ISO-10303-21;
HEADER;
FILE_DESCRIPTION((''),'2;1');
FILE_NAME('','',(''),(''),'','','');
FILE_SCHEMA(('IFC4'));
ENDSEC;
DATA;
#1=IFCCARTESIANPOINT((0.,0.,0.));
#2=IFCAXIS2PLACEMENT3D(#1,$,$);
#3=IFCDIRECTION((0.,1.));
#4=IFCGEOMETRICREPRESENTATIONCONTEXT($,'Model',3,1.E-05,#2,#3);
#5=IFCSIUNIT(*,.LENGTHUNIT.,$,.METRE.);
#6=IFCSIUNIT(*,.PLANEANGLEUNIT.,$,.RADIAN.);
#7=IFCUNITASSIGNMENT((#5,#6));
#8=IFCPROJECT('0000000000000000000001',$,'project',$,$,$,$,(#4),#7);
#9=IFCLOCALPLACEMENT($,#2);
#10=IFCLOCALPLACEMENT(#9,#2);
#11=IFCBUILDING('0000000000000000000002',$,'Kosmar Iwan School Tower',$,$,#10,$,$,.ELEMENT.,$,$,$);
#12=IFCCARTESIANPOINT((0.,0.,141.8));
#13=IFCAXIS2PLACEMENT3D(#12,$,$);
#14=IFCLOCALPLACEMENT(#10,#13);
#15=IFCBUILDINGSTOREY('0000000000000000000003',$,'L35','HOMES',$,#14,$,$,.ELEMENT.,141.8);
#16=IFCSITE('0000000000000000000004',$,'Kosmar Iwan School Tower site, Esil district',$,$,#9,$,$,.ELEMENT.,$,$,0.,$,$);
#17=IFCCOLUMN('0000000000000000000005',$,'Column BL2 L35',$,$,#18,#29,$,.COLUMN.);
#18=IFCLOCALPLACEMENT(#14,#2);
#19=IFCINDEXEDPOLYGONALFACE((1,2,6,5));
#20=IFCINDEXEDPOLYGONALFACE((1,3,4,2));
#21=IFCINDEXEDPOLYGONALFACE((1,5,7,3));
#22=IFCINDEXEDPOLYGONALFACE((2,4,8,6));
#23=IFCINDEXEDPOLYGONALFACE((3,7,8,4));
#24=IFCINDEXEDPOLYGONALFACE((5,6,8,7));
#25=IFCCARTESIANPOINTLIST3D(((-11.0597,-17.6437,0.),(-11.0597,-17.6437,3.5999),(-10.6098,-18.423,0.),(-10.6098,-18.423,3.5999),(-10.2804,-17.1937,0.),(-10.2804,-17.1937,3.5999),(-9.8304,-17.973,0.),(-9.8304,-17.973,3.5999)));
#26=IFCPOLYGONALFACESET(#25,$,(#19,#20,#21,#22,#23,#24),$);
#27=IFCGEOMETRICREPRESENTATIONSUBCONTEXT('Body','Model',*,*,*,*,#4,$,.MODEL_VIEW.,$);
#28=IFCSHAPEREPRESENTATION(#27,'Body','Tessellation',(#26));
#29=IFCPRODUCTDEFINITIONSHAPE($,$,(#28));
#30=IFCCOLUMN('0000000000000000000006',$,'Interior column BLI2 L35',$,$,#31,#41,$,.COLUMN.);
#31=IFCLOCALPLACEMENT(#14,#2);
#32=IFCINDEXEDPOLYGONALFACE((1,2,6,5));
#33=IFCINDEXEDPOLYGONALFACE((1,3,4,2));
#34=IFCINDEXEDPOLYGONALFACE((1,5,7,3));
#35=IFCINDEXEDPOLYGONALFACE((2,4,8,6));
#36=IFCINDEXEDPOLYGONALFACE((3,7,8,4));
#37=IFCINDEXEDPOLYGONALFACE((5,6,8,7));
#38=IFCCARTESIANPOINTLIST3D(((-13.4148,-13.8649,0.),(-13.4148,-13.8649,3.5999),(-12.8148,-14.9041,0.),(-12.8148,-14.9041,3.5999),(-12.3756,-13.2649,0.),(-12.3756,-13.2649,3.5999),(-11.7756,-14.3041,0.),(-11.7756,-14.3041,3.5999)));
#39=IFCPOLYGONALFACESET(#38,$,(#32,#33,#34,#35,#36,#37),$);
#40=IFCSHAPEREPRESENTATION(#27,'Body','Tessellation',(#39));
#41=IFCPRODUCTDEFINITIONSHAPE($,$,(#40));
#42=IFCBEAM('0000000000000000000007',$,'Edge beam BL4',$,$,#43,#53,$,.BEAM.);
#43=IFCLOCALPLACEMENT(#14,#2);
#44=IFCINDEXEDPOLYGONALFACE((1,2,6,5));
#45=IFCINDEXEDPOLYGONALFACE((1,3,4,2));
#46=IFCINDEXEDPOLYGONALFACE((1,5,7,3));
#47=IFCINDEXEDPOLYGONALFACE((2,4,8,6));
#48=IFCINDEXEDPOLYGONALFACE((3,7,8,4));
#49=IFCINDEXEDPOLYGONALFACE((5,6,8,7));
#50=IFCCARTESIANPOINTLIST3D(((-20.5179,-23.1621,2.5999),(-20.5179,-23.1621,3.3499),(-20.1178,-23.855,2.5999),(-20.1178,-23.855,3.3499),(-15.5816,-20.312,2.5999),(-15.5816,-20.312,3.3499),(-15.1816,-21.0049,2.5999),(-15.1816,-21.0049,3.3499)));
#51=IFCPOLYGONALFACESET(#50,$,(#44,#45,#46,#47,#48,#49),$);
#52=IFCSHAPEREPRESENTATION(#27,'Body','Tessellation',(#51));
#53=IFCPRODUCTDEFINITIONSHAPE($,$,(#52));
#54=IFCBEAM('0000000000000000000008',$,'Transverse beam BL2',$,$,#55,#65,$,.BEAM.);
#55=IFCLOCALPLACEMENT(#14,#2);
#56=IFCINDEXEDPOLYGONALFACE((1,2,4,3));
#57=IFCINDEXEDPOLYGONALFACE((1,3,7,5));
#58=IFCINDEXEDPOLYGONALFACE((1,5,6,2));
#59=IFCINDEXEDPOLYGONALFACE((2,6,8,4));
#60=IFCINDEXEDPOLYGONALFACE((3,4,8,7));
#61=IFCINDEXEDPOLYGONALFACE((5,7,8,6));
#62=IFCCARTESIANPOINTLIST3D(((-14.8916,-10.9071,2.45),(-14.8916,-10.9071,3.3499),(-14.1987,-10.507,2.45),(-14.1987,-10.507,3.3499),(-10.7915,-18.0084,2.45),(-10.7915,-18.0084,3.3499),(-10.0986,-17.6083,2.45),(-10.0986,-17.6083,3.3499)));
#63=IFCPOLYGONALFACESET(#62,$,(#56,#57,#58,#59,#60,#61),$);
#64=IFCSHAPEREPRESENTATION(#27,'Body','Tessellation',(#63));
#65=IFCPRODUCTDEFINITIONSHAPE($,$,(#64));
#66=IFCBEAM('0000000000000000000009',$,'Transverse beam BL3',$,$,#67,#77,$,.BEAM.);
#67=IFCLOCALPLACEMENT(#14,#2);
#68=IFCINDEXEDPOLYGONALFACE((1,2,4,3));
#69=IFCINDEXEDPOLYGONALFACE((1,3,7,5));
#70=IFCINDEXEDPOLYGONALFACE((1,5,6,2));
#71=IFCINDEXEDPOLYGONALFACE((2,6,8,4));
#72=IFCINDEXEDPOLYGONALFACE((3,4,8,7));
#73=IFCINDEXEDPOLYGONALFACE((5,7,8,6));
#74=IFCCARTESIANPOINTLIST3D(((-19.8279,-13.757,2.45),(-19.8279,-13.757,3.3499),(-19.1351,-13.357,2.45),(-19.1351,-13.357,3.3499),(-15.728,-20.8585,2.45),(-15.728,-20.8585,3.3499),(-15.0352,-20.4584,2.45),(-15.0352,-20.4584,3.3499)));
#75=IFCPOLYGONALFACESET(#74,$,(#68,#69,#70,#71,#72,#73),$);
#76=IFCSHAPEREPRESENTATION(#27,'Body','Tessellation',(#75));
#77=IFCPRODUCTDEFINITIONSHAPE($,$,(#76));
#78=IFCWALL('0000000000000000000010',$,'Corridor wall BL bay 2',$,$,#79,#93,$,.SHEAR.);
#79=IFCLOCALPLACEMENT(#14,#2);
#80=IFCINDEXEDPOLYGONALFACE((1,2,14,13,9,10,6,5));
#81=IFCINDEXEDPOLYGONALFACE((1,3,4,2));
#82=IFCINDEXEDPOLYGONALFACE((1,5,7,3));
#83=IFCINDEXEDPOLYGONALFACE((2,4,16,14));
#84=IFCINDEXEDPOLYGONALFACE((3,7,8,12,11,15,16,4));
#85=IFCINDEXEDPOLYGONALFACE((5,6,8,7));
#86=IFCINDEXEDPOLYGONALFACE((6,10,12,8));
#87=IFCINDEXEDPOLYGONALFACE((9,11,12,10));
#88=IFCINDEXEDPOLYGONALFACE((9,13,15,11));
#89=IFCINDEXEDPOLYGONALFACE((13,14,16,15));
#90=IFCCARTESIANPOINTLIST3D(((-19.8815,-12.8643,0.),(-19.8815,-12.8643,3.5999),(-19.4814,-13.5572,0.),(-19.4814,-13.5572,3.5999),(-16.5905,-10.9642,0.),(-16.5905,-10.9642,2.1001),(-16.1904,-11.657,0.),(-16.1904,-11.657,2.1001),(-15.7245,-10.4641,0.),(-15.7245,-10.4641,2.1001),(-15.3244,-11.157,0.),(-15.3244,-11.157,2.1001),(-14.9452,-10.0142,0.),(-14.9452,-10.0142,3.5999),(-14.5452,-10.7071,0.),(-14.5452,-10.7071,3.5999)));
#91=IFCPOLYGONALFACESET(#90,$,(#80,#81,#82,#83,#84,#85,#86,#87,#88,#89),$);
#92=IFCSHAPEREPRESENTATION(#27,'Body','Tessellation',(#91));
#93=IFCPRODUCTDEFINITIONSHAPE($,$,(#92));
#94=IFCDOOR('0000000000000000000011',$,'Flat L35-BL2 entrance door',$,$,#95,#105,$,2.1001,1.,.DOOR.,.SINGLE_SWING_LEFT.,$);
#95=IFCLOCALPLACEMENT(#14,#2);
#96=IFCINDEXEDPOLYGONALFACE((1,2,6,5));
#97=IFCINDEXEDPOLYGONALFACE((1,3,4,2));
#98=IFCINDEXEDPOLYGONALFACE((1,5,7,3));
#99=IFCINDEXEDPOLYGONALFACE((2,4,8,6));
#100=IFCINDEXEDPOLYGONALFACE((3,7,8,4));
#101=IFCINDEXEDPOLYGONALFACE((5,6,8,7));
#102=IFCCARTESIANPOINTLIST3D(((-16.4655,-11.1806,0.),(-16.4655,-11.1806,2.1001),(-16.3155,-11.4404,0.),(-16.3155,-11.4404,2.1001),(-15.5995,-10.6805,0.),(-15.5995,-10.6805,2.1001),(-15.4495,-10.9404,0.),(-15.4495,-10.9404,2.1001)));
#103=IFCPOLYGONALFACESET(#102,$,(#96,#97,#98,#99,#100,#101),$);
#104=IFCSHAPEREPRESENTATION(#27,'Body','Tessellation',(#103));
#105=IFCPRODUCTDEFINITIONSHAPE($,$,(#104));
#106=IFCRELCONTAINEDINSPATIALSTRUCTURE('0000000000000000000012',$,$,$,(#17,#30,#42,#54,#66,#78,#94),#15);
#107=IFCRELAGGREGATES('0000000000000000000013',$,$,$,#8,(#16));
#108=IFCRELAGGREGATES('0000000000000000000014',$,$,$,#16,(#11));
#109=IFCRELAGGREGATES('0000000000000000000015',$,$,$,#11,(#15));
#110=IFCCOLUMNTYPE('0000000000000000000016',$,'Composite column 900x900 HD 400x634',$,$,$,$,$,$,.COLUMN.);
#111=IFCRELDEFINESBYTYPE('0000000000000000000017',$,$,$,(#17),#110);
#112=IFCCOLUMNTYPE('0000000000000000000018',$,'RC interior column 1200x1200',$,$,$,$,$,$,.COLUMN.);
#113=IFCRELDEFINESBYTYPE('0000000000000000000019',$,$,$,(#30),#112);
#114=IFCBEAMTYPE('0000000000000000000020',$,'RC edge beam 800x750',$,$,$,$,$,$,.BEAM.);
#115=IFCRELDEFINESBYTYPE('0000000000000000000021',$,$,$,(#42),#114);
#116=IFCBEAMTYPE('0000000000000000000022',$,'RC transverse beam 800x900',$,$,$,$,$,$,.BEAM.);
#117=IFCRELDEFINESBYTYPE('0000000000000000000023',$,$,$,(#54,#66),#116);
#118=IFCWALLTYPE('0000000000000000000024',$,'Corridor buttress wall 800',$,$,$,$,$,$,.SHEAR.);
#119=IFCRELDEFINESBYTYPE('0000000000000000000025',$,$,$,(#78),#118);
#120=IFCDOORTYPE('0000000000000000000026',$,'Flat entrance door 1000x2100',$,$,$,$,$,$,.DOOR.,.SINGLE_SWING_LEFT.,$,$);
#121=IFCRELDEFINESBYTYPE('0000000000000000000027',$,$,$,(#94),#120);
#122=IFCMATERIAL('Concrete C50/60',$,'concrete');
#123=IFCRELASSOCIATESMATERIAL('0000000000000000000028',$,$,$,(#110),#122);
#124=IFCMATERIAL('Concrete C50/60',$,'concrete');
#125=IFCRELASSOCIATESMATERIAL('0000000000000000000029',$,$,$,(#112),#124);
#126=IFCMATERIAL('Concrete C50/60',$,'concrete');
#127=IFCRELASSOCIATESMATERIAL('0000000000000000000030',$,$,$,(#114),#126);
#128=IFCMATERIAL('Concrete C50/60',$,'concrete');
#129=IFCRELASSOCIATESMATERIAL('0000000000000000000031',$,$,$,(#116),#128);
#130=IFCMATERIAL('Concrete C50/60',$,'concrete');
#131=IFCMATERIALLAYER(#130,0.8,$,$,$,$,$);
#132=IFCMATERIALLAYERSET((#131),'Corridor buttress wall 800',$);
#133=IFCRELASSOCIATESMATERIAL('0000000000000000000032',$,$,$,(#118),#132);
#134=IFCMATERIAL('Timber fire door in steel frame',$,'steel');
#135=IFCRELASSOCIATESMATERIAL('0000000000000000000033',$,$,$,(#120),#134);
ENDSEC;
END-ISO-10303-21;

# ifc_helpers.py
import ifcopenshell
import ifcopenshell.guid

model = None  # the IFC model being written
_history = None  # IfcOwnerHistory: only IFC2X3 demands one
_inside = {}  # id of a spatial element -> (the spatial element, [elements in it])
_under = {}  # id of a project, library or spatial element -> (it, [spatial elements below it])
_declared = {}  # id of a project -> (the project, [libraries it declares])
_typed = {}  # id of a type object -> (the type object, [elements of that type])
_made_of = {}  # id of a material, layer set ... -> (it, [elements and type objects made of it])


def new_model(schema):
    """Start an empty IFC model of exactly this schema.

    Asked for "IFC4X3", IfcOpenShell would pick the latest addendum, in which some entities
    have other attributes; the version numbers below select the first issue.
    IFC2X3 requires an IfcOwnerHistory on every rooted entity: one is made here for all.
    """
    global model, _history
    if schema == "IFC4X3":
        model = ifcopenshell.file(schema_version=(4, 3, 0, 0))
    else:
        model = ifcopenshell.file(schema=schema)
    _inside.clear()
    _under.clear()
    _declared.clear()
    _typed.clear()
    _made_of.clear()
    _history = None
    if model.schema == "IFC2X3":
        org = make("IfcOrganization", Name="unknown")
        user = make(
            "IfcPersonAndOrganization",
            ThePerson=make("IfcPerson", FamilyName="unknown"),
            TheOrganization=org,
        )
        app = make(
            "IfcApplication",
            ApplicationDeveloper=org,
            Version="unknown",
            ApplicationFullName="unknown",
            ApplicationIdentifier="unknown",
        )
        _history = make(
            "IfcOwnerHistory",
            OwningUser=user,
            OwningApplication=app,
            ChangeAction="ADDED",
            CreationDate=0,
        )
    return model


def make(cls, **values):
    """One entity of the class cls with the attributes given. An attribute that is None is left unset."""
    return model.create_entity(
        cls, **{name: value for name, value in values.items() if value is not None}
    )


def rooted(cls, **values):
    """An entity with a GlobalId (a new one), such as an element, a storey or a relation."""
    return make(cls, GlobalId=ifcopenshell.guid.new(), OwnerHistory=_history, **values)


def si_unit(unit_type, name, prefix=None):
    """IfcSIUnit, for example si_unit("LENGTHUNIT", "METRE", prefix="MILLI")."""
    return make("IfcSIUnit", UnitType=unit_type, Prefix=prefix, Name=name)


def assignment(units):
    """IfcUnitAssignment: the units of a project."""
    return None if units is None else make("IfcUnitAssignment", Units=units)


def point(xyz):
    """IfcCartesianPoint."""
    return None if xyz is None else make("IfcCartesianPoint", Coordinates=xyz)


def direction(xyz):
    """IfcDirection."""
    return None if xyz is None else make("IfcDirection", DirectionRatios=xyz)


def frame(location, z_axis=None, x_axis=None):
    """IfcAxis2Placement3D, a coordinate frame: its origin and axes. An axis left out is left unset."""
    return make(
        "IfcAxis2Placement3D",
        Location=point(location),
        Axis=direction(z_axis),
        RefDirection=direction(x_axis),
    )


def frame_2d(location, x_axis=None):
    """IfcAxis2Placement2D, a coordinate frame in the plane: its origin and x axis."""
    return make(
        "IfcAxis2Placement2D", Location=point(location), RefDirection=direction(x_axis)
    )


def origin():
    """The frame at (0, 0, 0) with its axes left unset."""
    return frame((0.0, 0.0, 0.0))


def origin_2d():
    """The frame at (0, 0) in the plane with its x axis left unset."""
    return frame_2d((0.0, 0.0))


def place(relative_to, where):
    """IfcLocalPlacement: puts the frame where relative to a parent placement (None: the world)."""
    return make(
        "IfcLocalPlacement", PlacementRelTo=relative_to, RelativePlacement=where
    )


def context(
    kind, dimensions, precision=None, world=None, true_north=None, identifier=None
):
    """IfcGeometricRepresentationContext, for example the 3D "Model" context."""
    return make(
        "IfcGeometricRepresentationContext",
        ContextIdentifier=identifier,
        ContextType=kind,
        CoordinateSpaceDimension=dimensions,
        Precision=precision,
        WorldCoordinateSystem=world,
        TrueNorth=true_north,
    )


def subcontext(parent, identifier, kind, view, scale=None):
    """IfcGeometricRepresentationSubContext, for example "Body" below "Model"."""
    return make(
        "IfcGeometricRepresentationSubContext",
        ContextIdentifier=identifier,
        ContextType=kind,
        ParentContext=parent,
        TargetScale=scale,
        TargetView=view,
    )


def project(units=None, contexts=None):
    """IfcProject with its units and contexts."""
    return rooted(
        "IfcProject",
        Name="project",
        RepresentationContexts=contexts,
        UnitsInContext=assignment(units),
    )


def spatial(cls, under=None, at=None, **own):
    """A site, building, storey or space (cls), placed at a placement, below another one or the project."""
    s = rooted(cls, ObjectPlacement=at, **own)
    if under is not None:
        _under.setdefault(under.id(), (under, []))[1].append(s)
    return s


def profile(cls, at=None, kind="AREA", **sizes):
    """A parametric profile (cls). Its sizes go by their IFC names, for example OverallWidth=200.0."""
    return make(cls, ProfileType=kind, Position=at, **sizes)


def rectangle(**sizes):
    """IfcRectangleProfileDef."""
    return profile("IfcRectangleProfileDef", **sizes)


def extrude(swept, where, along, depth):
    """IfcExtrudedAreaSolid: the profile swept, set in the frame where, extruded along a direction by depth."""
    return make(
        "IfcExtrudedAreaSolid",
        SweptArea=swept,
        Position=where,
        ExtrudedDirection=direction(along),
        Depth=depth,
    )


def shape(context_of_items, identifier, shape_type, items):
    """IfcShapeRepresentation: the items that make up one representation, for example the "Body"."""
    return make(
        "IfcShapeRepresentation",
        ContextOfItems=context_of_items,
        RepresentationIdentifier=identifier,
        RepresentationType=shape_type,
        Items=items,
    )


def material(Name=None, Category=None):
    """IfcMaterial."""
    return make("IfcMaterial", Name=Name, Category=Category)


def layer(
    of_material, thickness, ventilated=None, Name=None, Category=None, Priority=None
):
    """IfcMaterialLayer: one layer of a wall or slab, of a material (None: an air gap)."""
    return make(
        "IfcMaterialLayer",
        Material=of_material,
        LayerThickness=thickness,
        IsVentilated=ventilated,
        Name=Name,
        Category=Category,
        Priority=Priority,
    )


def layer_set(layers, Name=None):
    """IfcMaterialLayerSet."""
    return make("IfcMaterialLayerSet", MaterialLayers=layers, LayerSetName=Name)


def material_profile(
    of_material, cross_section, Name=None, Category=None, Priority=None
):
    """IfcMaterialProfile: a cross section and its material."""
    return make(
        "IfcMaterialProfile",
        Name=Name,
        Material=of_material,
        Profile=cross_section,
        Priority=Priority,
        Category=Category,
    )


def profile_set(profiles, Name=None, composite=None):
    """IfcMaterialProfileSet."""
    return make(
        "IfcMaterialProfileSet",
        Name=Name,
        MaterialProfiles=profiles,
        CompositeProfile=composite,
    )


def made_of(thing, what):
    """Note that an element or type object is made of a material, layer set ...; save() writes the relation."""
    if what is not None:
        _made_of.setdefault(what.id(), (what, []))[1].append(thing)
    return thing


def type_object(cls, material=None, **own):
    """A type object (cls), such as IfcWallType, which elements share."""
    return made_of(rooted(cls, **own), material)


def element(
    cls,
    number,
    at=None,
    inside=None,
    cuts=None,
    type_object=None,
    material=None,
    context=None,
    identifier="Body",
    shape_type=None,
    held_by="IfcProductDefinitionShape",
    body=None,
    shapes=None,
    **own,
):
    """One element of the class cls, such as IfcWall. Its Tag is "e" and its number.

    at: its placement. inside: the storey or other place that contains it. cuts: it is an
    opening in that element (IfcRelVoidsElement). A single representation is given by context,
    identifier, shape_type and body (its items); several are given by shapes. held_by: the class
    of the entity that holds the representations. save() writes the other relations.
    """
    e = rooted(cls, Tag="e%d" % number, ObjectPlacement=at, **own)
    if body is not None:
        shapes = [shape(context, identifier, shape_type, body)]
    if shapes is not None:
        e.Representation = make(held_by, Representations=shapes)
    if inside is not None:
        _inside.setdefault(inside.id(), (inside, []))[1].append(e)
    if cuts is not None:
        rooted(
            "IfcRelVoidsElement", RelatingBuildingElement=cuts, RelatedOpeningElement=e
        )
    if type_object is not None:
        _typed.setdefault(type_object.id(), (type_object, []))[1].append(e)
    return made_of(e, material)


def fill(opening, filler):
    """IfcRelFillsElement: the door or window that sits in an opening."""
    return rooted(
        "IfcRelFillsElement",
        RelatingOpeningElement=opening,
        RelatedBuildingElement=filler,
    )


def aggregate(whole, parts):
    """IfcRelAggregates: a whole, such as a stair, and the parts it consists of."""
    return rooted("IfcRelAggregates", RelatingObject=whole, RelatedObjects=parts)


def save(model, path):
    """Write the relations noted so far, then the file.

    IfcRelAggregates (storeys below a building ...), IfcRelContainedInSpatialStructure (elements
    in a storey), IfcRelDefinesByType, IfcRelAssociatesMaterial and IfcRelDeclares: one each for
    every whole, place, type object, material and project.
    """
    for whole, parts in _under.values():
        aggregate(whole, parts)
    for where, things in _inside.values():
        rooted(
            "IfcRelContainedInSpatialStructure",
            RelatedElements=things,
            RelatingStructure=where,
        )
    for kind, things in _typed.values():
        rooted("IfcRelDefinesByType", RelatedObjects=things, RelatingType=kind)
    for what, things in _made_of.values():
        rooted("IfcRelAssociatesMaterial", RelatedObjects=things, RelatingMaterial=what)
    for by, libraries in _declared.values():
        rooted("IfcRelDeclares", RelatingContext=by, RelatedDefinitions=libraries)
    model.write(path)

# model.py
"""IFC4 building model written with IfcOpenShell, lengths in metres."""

from ifc_helpers import new_model, si_unit, direction, frame, frame_2d, origin, origin_2d, place, context, subcontext, project, spatial, rectangle, extrude, material, layer, layer_set, material_profile, profile_set, type_object, element, fill, save


model = new_model("IFC4")

# Units and contexts
model_context = context("Model", 3, precision=1e-05, world=origin(), true_north=direction((0.0, 1.0)))
body_context = subcontext(model_context, "Body", "Model", "MODEL_VIEW")
ifc_project = project(units=[si_unit("LENGTHUNIT", "METRE"), si_unit("PLANEANGLEUNIT", "RADIAN")], contexts=[model_context])

# Site, building, storey
site_placement = place(None, origin())
site = spatial("IfcSite", under=ifc_project, at=site_placement, Name="Kosmar Iwan School Tower site, Esil district", CompositionType="ELEMENT", RefElevation=0.0)
building_placement = place(site_placement, origin())
building = spatial("IfcBuilding", under=site, at=building_placement, Name="Kosmar Iwan School Tower", CompositionType="ELEMENT")
storey_placement = place(building_placement, frame((0.0, 0.0, 141.8)))
storey = spatial("IfcBuildingStorey", under=building, at=storey_placement, Name="L35", Description="HOMES", CompositionType="ELEMENT", Elevation=141.8)

# Columns
ifc_material_1 = material(Name="Concrete C50/60", Category="concrete")
ifc_material_profile_1 = material_profile(ifc_material_1, rectangle(XDim=0.8999, YDim=0.8999, at=origin_2d()), Name="RC 900x900 + HD 400x634")
ifc_profile_set_1 = profile_set([ifc_material_profile_1], Name="Concrete C50/60")
column_type_1 = type_object("IfcColumnType", Name="Composite column 900x900 HD 400x634", PredefinedType="COLUMN", material=ifc_profile_set_1)
column_1_placement = place(storey_placement, frame((-10.4451, -17.8083, 0.0), z_axis=(0.0, 0.0, 1.0), x_axis=(-0.866025, -0.5, 0.0)))
element("IfcColumn", 1, at=column_1_placement, inside=storey, type_object=column_type_1, Name="Column BL2 L35", PredefinedType="COLUMN", context=body_context, shape_type="SweptSolid", body=[
    extrude(rectangle(XDim=0.8999, YDim=0.8999, at=origin_2d()), origin(), (0.0, 0.0, 1.0), 3.5999),
])
ifc_material_2 = material(Name="Concrete C50/60", Category="concrete")
ifc_material_profile_2 = material_profile(ifc_material_2, rectangle(XDim=1.2, YDim=1.2, at=origin_2d()), Name="RC 1200x1200")
ifc_profile_set_2 = profile_set([ifc_material_profile_2], Name="Concrete C50/60")
column_type_2 = type_object("IfcColumnType", Name="RC interior column 1200x1200", PredefinedType="COLUMN", material=ifc_profile_set_2)
column_2_placement = place(storey_placement, frame((-12.5952, -14.0845, 0.0), z_axis=(0.0, 0.0, 1.0), x_axis=(-0.866025, -0.5, 0.0)))
element("IfcColumn", 2, at=column_2_placement, inside=storey, type_object=column_type_2, Name="Interior column BLI2 L35", PredefinedType="COLUMN", context=body_context, shape_type="SweptSolid", body=[
    extrude(rectangle(XDim=1.2, YDim=1.2, at=origin_2d()), origin(), (0.0, 0.0, 1.0), 3.5999),
])

# Beams
ifc_material_3 = material(Name="Concrete C50/60", Category="concrete")
ifc_material_profile_3 = material_profile(ifc_material_3, rectangle(XDim=0.8, YDim=0.75, at=origin_2d()), Name="RC 800x750")
ifc_profile_set_3 = profile_set([ifc_material_profile_3], Name="Concrete C50/60")
beam_type_1 = type_object("IfcBeamType", Name="RC edge beam 800x750", PredefinedType="BEAM", material=ifc_profile_set_3)
beam_placement = place(storey_placement, frame((-15.3816, -20.6584, 2.9749), z_axis=(-0.866015, -0.500018, 0.0), x_axis=(0.500018, -0.866015, 0.0)))
element("IfcBeam", 3, at=beam_placement, inside=storey, type_object=beam_type_1, Name="Edge beam BL4", PredefinedType="BEAM", context=body_context, shape_type="SweptSolid", body=[
    extrude(rectangle(XDim=0.8, YDim=0.75, at=origin_2d()), origin(), (0.0, 0.0, 1.0), 5.7),
])
ifc_material_4 = material(Name="Concrete C50/60", Category="concrete")
ifc_material_profile_4 = material_profile(ifc_material_4, rectangle(XDim=0.8, YDim=0.8999, at=origin_2d()), Name="RC 800x900")
ifc_profile_set_4 = profile_set([ifc_material_profile_4], Name="Concrete C50/60")
beam_type_2 = type_object("IfcBeamType", Name="RC transverse beam 800x900", PredefinedType="BEAM", material=ifc_profile_set_4)
for number, where, z_axis, x_axis, name in (
    (4, (-10.4451, -17.8083, 2.8999), (-0.500014, 0.866018, 0.0), (-0.866018, -0.500014, 0.0), "Transverse beam BL2"),
    (5, (-15.3816, -20.6584, 2.8999), (-0.499991, 0.86603, 0.0), (-0.86603, -0.499991, 0.0), "Transverse beam BL3"),
):
    element("IfcBeam", number, at=place(storey_placement, frame(where, z_axis=z_axis, x_axis=x_axis)), inside=storey, type_object=beam_type_2, Name=name, PredefinedType="BEAM", context=body_context, shape_type="SweptSolid", body=[
        extrude(rectangle(XDim=0.8, YDim=0.8999, at=origin_2d()), origin(), (0.0, 0.0, 1.0), 8.2),
    ])

# Wall, opening, door
ifc_material_5 = material(Name="Concrete C50/60", Category="concrete")
ifc_layer_1 = layer(ifc_material_5, 0.8)
ifc_layer_set_1 = layer_set([ifc_layer_1], Name="Corridor buttress wall 800")
wall_type_1 = type_object("IfcWallType", Name="Corridor buttress wall 800", PredefinedType="SHEAR", material=ifc_layer_set_1)
wall_1_placement = place(storey_placement, frame((-14.7451, -10.3606, 0.0), z_axis=(0.0, 0.0, 1.0), x_axis=(-0.866015, -0.500018, 0.0)))
wall_1 = element("IfcWall", 6, at=wall_1_placement, inside=storey, type_object=wall_type_1, Name="Corridor wall BL bay 2", PredefinedType="SHEAR", context=body_context, shape_type="SweptSolid", body=[
    extrude(rectangle(XDim=5.7, YDim=0.8, at=frame_2d((2.8501, 0.0))), origin(), (0.0, 0.0, 1.0), 3.5999),
])
opening_1_placement = place(wall_1_placement, frame((0.8999, 0.0, 0.0)))
opening_1 = element("IfcOpeningElement", 7, at=opening_1_placement, cuts=wall_1, PredefinedType="OPENING", context=body_context, shape_type="SweptSolid", body=[
    extrude(rectangle(XDim=1.0, YDim=2.1001, at=frame_2d((0.5, 1.05))), frame((0.0, 0.4121, 0.0), z_axis=(0.0, -1.0, 0.0), x_axis=(1.0, 0.0, 0.0)), (0.0, 0.0, 1.0), 0.824),
])
ifc_material_6 = material(Name="Timber fire door in steel frame", Category="steel")
door_type_1 = type_object("IfcDoorType", Name="Flat entrance door 1000x2100", OperationType="SINGLE_SWING_LEFT", PredefinedType="DOOR", material=ifc_material_6)
door_1_placement = place(opening_1_placement, origin())
door_1 = element("IfcDoor", 8, at=door_1_placement, inside=storey, type_object=door_type_1, Name="Flat L35-BL2 entrance door", OperationType="SINGLE_SWING_LEFT", OverallHeight=2.1001, OverallWidth=1.0, PredefinedType="DOOR", context=body_context, shape_type="SweptSolid", body=[
    extrude(rectangle(XDim=1.0, YDim=2.1001, at=frame_2d((0.5, 1.05))), frame((0.0, 0.1499, 0.0), z_axis=(0.0, -1.0, 0.0), x_axis=(1.0, 0.0, 0.0)), (0.0, 0.0, 1.0), 0.3),
])
fill(opening_1, door_1)

save(model, "model.ifc")
